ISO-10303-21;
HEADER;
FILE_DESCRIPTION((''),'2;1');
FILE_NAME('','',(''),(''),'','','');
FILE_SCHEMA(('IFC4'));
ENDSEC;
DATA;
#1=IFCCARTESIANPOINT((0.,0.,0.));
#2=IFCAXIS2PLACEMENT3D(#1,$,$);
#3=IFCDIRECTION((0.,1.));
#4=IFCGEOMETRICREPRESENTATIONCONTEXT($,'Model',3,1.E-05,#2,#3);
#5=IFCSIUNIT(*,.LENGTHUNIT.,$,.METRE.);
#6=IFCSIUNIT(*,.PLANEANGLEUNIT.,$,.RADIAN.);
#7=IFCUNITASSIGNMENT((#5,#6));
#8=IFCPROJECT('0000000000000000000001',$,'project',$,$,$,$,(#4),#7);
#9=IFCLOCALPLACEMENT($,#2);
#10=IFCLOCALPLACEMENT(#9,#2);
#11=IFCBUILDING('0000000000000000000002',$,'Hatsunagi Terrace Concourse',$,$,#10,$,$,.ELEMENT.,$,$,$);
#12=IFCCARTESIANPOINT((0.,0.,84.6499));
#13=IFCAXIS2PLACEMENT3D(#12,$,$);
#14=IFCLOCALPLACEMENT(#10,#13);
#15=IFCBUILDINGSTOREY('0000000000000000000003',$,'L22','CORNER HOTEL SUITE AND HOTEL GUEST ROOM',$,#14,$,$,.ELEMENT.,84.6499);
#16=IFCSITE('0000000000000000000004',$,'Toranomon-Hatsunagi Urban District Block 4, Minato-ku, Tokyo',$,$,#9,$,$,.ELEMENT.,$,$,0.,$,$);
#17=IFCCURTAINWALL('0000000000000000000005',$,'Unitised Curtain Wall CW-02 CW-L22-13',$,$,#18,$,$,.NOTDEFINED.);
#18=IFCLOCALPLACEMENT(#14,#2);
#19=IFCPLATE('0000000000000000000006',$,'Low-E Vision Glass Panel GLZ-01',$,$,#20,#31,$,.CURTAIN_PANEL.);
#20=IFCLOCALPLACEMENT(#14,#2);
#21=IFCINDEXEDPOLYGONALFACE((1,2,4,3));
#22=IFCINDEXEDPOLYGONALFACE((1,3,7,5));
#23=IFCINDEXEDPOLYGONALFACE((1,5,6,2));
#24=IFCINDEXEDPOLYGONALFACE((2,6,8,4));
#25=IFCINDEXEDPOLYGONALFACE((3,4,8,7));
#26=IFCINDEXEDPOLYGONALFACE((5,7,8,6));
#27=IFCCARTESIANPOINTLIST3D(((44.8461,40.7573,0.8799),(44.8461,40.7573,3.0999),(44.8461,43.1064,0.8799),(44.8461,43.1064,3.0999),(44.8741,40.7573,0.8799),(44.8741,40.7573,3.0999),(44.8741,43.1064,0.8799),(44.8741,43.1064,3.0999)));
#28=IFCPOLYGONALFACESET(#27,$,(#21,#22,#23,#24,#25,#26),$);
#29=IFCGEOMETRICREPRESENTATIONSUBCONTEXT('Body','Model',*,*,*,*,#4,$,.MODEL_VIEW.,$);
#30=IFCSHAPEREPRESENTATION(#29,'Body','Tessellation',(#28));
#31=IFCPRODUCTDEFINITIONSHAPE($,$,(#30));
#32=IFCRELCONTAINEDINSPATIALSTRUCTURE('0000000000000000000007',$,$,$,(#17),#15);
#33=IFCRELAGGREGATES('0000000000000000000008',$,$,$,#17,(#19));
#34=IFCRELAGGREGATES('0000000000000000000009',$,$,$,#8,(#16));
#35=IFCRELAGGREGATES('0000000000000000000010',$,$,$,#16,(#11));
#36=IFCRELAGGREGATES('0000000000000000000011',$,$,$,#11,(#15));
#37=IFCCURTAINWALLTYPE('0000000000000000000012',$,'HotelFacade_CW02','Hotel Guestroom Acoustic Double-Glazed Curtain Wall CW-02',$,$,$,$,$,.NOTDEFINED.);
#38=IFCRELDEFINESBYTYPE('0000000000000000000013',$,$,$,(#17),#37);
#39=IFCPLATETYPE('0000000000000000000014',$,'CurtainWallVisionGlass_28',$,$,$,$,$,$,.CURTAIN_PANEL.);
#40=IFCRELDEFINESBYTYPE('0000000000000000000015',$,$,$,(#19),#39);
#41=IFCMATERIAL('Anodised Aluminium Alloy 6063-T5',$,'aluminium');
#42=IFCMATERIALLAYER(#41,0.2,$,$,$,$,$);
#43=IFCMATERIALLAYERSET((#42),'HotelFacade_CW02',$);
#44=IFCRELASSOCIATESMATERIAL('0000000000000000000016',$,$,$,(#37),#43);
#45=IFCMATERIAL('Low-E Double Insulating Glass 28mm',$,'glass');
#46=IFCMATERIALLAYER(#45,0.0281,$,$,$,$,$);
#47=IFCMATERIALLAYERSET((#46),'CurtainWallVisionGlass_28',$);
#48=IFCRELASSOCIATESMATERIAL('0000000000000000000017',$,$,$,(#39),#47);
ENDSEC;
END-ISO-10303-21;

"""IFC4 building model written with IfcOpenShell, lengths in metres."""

from ifc_helpers import new_model, si_unit, direction, frame, origin, origin_2d, place, context, subcontext, project, spatial, rectangle, extrude, material, layer, layer_set, type_object, element, aggregate, save


model = new_model("IFC4")

# Units and contexts
model_context = context("Model", 3, precision=1e-05, world=origin(), true_north=direction((0.0, 1.0)))
body_context = subcontext(model_context, "Body", "Model", "MODEL_VIEW")
ifc_project = project(units=[si_unit("LENGTHUNIT", "METRE"), si_unit("PLANEANGLEUNIT", "RADIAN")], contexts=[model_context])

# Site, building, storey
site_placement = place(None, origin())
site = spatial("IfcSite", under=ifc_project, at=site_placement, Name="Toranomon-Hatsunagi Urban District Block 4, Minato-ku, Tokyo", CompositionType="ELEMENT", RefElevation=0.0)
building_placement = place(site_placement, origin())
building = spatial("IfcBuilding", under=site, at=building_placement, Name="Hatsunagi Terrace Concourse", CompositionType="ELEMENT")
storey_placement = place(building_placement, frame((0.0, 0.0, 84.6499)))
storey = spatial("IfcBuildingStorey", under=building, at=storey_placement, Name="L22", Description="CORNER HOTEL SUITE AND HOTEL GUEST ROOM", CompositionType="ELEMENT", Elevation=84.6499)

# Curtain wall, plate
ifc_material_1 = material(Name="Anodised Aluminium Alloy 6063-T5", Category="aluminium")
ifc_layer_1 = layer(ifc_material_1, 0.2)
ifc_layer_set_1 = layer_set([ifc_layer_1], Name="HotelFacade_CW02")
curtain_wall_type = type_object("IfcCurtainWallType", Name="HotelFacade_CW02", Description="Hotel Guestroom Acoustic Double-Glazed Curtain Wall CW-02", PredefinedType="NOTDEFINED", material=ifc_layer_set_1)
curtain_wall_placement = place(storey_placement, origin())
curtain_wall = element("IfcCurtainWall", 1, at=curtain_wall_placement, inside=storey, type_object=curtain_wall_type, Name="Unitised Curtain Wall CW-02 CW-L22-13", PredefinedType="NOTDEFINED")
ifc_material_2 = material(Name="Low-E Double Insulating Glass 28mm", Category="glass")
ifc_layer_2 = layer(ifc_material_2, 0.0281)
ifc_layer_set_2 = layer_set([ifc_layer_2], Name="CurtainWallVisionGlass_28")
plate_type_1 = type_object("IfcPlateType", Name="CurtainWallVisionGlass_28", PredefinedType="CURTAIN_PANEL", material=ifc_layer_set_2)
plate_1_placement = place(storey_placement, frame((44.8601, 41.9319, 0.8799), z_axis=(0.0, 0.0, 1.0), x_axis=(0.0, -1.0, 0.0)))
plate_1 = element("IfcPlate", 2, at=plate_1_placement, type_object=plate_type_1, Name="Low-E Vision Glass Panel GLZ-01", PredefinedType="CURTAIN_PANEL", context=body_context, shape_type="SweptSolid", body=[
    extrude(rectangle(XDim=2.3491, YDim=0.0281, at=origin_2d()), origin(), (0.0, 0.0, 1.0), 2.22),
])
aggregate(curtain_wall, [plate_1])

save(model, "model.ifc")
